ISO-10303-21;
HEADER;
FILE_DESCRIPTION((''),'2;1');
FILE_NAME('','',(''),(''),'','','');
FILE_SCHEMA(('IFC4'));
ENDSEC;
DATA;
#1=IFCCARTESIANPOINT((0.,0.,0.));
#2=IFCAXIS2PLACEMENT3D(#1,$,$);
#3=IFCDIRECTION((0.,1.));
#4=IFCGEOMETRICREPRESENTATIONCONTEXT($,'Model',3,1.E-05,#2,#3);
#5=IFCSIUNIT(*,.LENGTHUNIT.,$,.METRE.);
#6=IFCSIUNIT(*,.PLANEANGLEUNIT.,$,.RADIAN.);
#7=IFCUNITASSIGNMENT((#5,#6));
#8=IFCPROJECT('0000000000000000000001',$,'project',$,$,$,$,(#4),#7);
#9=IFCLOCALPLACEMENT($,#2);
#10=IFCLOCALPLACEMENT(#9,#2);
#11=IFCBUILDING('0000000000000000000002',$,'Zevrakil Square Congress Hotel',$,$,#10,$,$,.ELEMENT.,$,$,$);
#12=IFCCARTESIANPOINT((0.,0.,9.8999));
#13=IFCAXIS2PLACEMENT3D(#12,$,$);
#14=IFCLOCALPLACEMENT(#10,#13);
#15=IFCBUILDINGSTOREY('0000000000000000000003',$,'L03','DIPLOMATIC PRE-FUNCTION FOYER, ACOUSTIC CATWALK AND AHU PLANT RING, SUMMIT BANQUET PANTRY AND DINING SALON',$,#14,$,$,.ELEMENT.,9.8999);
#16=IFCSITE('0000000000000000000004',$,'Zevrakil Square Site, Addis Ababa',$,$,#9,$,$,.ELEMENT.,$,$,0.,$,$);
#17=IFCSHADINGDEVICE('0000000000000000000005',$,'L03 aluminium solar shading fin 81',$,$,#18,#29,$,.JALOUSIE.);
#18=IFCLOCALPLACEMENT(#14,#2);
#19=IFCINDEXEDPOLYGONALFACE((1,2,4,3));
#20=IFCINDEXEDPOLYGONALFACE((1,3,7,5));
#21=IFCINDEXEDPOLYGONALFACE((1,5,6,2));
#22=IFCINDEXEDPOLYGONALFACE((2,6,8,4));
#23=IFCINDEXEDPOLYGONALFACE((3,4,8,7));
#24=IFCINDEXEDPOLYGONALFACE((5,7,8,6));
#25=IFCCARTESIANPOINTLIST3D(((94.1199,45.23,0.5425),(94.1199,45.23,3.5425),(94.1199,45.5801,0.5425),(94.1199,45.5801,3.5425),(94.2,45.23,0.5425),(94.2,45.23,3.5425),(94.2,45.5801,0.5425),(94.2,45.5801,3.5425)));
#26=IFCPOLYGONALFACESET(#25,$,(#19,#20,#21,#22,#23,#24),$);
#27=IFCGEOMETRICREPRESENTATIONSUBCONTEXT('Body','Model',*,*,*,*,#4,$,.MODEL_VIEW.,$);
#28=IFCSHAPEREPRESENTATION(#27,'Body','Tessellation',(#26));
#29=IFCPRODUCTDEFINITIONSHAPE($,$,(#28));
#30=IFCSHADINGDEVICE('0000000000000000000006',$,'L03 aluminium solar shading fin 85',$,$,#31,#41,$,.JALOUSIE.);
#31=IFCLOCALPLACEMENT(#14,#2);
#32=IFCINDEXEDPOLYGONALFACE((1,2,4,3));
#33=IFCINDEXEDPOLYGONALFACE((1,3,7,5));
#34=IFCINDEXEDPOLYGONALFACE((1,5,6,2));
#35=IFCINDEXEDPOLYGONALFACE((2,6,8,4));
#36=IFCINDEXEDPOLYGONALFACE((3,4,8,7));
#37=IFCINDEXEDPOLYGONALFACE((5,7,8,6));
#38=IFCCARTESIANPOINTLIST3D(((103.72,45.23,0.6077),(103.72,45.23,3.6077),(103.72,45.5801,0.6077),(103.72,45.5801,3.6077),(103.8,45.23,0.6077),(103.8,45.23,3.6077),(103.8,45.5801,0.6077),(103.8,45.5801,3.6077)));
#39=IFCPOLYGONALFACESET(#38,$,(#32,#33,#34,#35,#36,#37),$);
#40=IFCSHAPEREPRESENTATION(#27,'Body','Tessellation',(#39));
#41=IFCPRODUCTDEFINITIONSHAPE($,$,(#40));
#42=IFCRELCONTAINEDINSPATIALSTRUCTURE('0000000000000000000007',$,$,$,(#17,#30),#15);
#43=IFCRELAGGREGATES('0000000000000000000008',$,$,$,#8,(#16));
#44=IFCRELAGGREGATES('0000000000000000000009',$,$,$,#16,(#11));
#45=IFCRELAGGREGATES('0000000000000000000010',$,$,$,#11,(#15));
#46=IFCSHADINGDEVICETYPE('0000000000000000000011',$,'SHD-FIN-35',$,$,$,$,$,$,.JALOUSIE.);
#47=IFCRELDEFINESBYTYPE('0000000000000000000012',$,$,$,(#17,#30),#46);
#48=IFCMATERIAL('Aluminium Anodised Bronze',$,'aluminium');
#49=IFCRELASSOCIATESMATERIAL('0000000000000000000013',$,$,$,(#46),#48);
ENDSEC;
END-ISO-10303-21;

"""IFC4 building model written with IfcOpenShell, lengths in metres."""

from ifc_helpers import new_model, si_unit, direction, frame, origin, origin_2d, place, context, subcontext, project, spatial, rectangle, extrude, material, type_object, element, save


model = new_model("IFC4")

# Units and contexts
model_context = context("Model", 3, precision=1e-05, world=origin(), true_north=direction((0.0, 1.0)))
body_context = subcontext(model_context, "Body", "Model", "MODEL_VIEW")
ifc_project = project(units=[si_unit("LENGTHUNIT", "METRE"), si_unit("PLANEANGLEUNIT", "RADIAN")], contexts=[model_context])

# Site, building, storey
site_placement = place(None, origin())
site = spatial("IfcSite", under=ifc_project, at=site_placement, Name="Zevrakil Square Site, Addis Ababa", CompositionType="ELEMENT", RefElevation=0.0)
building_placement = place(site_placement, origin())
building = spatial("IfcBuilding", under=site, at=building_placement, Name="Zevrakil Square Congress Hotel", CompositionType="ELEMENT")
storey_placement = place(building_placement, frame((0.0, 0.0, 9.8999)))
storey = spatial("IfcBuildingStorey", under=building, at=storey_placement, Name="L03", Description="DIPLOMATIC PRE-FUNCTION FOYER, ACOUSTIC CATWALK AND AHU PLANT RING, SUMMIT BANQUET PANTRY AND DINING SALON", CompositionType="ELEMENT", Elevation=9.8999)

# Shading devices
ifc_material_1 = material(Name="Aluminium Anodised Bronze", Category="aluminium")
shading_device_type = type_object("IfcShadingDeviceType", Name="SHD-FIN-35", PredefinedType="JALOUSIE", material=ifc_material_1)
for number, where, z_axis, x_axis, name in (
    (1, (94.1599, 45.405, 0.5425), (0.0, 0.0, 1.0), (0.0, -1.0, 0.0), "L03 aluminium solar shading fin 81"),
    (2, (103.76, 45.405, 0.6077), (0.0, 0.0, 1.0), (0.0, -1.0, 0.0), "L03 aluminium solar shading fin 85"),
):
    element("IfcShadingDevice", number, at=place(storey_placement, frame(where, z_axis=z_axis, x_axis=x_axis)), inside=storey, type_object=shading_device_type, Name=name, PredefinedType="JALOUSIE", context=body_context, shape_type="SweptSolid", body=[
        extrude(rectangle(XDim=0.3501, YDim=0.0801, at=origin_2d()), origin(), (0.0, 0.0, 1.0), 3.0),
    ])

save(model, "model.ifc")
